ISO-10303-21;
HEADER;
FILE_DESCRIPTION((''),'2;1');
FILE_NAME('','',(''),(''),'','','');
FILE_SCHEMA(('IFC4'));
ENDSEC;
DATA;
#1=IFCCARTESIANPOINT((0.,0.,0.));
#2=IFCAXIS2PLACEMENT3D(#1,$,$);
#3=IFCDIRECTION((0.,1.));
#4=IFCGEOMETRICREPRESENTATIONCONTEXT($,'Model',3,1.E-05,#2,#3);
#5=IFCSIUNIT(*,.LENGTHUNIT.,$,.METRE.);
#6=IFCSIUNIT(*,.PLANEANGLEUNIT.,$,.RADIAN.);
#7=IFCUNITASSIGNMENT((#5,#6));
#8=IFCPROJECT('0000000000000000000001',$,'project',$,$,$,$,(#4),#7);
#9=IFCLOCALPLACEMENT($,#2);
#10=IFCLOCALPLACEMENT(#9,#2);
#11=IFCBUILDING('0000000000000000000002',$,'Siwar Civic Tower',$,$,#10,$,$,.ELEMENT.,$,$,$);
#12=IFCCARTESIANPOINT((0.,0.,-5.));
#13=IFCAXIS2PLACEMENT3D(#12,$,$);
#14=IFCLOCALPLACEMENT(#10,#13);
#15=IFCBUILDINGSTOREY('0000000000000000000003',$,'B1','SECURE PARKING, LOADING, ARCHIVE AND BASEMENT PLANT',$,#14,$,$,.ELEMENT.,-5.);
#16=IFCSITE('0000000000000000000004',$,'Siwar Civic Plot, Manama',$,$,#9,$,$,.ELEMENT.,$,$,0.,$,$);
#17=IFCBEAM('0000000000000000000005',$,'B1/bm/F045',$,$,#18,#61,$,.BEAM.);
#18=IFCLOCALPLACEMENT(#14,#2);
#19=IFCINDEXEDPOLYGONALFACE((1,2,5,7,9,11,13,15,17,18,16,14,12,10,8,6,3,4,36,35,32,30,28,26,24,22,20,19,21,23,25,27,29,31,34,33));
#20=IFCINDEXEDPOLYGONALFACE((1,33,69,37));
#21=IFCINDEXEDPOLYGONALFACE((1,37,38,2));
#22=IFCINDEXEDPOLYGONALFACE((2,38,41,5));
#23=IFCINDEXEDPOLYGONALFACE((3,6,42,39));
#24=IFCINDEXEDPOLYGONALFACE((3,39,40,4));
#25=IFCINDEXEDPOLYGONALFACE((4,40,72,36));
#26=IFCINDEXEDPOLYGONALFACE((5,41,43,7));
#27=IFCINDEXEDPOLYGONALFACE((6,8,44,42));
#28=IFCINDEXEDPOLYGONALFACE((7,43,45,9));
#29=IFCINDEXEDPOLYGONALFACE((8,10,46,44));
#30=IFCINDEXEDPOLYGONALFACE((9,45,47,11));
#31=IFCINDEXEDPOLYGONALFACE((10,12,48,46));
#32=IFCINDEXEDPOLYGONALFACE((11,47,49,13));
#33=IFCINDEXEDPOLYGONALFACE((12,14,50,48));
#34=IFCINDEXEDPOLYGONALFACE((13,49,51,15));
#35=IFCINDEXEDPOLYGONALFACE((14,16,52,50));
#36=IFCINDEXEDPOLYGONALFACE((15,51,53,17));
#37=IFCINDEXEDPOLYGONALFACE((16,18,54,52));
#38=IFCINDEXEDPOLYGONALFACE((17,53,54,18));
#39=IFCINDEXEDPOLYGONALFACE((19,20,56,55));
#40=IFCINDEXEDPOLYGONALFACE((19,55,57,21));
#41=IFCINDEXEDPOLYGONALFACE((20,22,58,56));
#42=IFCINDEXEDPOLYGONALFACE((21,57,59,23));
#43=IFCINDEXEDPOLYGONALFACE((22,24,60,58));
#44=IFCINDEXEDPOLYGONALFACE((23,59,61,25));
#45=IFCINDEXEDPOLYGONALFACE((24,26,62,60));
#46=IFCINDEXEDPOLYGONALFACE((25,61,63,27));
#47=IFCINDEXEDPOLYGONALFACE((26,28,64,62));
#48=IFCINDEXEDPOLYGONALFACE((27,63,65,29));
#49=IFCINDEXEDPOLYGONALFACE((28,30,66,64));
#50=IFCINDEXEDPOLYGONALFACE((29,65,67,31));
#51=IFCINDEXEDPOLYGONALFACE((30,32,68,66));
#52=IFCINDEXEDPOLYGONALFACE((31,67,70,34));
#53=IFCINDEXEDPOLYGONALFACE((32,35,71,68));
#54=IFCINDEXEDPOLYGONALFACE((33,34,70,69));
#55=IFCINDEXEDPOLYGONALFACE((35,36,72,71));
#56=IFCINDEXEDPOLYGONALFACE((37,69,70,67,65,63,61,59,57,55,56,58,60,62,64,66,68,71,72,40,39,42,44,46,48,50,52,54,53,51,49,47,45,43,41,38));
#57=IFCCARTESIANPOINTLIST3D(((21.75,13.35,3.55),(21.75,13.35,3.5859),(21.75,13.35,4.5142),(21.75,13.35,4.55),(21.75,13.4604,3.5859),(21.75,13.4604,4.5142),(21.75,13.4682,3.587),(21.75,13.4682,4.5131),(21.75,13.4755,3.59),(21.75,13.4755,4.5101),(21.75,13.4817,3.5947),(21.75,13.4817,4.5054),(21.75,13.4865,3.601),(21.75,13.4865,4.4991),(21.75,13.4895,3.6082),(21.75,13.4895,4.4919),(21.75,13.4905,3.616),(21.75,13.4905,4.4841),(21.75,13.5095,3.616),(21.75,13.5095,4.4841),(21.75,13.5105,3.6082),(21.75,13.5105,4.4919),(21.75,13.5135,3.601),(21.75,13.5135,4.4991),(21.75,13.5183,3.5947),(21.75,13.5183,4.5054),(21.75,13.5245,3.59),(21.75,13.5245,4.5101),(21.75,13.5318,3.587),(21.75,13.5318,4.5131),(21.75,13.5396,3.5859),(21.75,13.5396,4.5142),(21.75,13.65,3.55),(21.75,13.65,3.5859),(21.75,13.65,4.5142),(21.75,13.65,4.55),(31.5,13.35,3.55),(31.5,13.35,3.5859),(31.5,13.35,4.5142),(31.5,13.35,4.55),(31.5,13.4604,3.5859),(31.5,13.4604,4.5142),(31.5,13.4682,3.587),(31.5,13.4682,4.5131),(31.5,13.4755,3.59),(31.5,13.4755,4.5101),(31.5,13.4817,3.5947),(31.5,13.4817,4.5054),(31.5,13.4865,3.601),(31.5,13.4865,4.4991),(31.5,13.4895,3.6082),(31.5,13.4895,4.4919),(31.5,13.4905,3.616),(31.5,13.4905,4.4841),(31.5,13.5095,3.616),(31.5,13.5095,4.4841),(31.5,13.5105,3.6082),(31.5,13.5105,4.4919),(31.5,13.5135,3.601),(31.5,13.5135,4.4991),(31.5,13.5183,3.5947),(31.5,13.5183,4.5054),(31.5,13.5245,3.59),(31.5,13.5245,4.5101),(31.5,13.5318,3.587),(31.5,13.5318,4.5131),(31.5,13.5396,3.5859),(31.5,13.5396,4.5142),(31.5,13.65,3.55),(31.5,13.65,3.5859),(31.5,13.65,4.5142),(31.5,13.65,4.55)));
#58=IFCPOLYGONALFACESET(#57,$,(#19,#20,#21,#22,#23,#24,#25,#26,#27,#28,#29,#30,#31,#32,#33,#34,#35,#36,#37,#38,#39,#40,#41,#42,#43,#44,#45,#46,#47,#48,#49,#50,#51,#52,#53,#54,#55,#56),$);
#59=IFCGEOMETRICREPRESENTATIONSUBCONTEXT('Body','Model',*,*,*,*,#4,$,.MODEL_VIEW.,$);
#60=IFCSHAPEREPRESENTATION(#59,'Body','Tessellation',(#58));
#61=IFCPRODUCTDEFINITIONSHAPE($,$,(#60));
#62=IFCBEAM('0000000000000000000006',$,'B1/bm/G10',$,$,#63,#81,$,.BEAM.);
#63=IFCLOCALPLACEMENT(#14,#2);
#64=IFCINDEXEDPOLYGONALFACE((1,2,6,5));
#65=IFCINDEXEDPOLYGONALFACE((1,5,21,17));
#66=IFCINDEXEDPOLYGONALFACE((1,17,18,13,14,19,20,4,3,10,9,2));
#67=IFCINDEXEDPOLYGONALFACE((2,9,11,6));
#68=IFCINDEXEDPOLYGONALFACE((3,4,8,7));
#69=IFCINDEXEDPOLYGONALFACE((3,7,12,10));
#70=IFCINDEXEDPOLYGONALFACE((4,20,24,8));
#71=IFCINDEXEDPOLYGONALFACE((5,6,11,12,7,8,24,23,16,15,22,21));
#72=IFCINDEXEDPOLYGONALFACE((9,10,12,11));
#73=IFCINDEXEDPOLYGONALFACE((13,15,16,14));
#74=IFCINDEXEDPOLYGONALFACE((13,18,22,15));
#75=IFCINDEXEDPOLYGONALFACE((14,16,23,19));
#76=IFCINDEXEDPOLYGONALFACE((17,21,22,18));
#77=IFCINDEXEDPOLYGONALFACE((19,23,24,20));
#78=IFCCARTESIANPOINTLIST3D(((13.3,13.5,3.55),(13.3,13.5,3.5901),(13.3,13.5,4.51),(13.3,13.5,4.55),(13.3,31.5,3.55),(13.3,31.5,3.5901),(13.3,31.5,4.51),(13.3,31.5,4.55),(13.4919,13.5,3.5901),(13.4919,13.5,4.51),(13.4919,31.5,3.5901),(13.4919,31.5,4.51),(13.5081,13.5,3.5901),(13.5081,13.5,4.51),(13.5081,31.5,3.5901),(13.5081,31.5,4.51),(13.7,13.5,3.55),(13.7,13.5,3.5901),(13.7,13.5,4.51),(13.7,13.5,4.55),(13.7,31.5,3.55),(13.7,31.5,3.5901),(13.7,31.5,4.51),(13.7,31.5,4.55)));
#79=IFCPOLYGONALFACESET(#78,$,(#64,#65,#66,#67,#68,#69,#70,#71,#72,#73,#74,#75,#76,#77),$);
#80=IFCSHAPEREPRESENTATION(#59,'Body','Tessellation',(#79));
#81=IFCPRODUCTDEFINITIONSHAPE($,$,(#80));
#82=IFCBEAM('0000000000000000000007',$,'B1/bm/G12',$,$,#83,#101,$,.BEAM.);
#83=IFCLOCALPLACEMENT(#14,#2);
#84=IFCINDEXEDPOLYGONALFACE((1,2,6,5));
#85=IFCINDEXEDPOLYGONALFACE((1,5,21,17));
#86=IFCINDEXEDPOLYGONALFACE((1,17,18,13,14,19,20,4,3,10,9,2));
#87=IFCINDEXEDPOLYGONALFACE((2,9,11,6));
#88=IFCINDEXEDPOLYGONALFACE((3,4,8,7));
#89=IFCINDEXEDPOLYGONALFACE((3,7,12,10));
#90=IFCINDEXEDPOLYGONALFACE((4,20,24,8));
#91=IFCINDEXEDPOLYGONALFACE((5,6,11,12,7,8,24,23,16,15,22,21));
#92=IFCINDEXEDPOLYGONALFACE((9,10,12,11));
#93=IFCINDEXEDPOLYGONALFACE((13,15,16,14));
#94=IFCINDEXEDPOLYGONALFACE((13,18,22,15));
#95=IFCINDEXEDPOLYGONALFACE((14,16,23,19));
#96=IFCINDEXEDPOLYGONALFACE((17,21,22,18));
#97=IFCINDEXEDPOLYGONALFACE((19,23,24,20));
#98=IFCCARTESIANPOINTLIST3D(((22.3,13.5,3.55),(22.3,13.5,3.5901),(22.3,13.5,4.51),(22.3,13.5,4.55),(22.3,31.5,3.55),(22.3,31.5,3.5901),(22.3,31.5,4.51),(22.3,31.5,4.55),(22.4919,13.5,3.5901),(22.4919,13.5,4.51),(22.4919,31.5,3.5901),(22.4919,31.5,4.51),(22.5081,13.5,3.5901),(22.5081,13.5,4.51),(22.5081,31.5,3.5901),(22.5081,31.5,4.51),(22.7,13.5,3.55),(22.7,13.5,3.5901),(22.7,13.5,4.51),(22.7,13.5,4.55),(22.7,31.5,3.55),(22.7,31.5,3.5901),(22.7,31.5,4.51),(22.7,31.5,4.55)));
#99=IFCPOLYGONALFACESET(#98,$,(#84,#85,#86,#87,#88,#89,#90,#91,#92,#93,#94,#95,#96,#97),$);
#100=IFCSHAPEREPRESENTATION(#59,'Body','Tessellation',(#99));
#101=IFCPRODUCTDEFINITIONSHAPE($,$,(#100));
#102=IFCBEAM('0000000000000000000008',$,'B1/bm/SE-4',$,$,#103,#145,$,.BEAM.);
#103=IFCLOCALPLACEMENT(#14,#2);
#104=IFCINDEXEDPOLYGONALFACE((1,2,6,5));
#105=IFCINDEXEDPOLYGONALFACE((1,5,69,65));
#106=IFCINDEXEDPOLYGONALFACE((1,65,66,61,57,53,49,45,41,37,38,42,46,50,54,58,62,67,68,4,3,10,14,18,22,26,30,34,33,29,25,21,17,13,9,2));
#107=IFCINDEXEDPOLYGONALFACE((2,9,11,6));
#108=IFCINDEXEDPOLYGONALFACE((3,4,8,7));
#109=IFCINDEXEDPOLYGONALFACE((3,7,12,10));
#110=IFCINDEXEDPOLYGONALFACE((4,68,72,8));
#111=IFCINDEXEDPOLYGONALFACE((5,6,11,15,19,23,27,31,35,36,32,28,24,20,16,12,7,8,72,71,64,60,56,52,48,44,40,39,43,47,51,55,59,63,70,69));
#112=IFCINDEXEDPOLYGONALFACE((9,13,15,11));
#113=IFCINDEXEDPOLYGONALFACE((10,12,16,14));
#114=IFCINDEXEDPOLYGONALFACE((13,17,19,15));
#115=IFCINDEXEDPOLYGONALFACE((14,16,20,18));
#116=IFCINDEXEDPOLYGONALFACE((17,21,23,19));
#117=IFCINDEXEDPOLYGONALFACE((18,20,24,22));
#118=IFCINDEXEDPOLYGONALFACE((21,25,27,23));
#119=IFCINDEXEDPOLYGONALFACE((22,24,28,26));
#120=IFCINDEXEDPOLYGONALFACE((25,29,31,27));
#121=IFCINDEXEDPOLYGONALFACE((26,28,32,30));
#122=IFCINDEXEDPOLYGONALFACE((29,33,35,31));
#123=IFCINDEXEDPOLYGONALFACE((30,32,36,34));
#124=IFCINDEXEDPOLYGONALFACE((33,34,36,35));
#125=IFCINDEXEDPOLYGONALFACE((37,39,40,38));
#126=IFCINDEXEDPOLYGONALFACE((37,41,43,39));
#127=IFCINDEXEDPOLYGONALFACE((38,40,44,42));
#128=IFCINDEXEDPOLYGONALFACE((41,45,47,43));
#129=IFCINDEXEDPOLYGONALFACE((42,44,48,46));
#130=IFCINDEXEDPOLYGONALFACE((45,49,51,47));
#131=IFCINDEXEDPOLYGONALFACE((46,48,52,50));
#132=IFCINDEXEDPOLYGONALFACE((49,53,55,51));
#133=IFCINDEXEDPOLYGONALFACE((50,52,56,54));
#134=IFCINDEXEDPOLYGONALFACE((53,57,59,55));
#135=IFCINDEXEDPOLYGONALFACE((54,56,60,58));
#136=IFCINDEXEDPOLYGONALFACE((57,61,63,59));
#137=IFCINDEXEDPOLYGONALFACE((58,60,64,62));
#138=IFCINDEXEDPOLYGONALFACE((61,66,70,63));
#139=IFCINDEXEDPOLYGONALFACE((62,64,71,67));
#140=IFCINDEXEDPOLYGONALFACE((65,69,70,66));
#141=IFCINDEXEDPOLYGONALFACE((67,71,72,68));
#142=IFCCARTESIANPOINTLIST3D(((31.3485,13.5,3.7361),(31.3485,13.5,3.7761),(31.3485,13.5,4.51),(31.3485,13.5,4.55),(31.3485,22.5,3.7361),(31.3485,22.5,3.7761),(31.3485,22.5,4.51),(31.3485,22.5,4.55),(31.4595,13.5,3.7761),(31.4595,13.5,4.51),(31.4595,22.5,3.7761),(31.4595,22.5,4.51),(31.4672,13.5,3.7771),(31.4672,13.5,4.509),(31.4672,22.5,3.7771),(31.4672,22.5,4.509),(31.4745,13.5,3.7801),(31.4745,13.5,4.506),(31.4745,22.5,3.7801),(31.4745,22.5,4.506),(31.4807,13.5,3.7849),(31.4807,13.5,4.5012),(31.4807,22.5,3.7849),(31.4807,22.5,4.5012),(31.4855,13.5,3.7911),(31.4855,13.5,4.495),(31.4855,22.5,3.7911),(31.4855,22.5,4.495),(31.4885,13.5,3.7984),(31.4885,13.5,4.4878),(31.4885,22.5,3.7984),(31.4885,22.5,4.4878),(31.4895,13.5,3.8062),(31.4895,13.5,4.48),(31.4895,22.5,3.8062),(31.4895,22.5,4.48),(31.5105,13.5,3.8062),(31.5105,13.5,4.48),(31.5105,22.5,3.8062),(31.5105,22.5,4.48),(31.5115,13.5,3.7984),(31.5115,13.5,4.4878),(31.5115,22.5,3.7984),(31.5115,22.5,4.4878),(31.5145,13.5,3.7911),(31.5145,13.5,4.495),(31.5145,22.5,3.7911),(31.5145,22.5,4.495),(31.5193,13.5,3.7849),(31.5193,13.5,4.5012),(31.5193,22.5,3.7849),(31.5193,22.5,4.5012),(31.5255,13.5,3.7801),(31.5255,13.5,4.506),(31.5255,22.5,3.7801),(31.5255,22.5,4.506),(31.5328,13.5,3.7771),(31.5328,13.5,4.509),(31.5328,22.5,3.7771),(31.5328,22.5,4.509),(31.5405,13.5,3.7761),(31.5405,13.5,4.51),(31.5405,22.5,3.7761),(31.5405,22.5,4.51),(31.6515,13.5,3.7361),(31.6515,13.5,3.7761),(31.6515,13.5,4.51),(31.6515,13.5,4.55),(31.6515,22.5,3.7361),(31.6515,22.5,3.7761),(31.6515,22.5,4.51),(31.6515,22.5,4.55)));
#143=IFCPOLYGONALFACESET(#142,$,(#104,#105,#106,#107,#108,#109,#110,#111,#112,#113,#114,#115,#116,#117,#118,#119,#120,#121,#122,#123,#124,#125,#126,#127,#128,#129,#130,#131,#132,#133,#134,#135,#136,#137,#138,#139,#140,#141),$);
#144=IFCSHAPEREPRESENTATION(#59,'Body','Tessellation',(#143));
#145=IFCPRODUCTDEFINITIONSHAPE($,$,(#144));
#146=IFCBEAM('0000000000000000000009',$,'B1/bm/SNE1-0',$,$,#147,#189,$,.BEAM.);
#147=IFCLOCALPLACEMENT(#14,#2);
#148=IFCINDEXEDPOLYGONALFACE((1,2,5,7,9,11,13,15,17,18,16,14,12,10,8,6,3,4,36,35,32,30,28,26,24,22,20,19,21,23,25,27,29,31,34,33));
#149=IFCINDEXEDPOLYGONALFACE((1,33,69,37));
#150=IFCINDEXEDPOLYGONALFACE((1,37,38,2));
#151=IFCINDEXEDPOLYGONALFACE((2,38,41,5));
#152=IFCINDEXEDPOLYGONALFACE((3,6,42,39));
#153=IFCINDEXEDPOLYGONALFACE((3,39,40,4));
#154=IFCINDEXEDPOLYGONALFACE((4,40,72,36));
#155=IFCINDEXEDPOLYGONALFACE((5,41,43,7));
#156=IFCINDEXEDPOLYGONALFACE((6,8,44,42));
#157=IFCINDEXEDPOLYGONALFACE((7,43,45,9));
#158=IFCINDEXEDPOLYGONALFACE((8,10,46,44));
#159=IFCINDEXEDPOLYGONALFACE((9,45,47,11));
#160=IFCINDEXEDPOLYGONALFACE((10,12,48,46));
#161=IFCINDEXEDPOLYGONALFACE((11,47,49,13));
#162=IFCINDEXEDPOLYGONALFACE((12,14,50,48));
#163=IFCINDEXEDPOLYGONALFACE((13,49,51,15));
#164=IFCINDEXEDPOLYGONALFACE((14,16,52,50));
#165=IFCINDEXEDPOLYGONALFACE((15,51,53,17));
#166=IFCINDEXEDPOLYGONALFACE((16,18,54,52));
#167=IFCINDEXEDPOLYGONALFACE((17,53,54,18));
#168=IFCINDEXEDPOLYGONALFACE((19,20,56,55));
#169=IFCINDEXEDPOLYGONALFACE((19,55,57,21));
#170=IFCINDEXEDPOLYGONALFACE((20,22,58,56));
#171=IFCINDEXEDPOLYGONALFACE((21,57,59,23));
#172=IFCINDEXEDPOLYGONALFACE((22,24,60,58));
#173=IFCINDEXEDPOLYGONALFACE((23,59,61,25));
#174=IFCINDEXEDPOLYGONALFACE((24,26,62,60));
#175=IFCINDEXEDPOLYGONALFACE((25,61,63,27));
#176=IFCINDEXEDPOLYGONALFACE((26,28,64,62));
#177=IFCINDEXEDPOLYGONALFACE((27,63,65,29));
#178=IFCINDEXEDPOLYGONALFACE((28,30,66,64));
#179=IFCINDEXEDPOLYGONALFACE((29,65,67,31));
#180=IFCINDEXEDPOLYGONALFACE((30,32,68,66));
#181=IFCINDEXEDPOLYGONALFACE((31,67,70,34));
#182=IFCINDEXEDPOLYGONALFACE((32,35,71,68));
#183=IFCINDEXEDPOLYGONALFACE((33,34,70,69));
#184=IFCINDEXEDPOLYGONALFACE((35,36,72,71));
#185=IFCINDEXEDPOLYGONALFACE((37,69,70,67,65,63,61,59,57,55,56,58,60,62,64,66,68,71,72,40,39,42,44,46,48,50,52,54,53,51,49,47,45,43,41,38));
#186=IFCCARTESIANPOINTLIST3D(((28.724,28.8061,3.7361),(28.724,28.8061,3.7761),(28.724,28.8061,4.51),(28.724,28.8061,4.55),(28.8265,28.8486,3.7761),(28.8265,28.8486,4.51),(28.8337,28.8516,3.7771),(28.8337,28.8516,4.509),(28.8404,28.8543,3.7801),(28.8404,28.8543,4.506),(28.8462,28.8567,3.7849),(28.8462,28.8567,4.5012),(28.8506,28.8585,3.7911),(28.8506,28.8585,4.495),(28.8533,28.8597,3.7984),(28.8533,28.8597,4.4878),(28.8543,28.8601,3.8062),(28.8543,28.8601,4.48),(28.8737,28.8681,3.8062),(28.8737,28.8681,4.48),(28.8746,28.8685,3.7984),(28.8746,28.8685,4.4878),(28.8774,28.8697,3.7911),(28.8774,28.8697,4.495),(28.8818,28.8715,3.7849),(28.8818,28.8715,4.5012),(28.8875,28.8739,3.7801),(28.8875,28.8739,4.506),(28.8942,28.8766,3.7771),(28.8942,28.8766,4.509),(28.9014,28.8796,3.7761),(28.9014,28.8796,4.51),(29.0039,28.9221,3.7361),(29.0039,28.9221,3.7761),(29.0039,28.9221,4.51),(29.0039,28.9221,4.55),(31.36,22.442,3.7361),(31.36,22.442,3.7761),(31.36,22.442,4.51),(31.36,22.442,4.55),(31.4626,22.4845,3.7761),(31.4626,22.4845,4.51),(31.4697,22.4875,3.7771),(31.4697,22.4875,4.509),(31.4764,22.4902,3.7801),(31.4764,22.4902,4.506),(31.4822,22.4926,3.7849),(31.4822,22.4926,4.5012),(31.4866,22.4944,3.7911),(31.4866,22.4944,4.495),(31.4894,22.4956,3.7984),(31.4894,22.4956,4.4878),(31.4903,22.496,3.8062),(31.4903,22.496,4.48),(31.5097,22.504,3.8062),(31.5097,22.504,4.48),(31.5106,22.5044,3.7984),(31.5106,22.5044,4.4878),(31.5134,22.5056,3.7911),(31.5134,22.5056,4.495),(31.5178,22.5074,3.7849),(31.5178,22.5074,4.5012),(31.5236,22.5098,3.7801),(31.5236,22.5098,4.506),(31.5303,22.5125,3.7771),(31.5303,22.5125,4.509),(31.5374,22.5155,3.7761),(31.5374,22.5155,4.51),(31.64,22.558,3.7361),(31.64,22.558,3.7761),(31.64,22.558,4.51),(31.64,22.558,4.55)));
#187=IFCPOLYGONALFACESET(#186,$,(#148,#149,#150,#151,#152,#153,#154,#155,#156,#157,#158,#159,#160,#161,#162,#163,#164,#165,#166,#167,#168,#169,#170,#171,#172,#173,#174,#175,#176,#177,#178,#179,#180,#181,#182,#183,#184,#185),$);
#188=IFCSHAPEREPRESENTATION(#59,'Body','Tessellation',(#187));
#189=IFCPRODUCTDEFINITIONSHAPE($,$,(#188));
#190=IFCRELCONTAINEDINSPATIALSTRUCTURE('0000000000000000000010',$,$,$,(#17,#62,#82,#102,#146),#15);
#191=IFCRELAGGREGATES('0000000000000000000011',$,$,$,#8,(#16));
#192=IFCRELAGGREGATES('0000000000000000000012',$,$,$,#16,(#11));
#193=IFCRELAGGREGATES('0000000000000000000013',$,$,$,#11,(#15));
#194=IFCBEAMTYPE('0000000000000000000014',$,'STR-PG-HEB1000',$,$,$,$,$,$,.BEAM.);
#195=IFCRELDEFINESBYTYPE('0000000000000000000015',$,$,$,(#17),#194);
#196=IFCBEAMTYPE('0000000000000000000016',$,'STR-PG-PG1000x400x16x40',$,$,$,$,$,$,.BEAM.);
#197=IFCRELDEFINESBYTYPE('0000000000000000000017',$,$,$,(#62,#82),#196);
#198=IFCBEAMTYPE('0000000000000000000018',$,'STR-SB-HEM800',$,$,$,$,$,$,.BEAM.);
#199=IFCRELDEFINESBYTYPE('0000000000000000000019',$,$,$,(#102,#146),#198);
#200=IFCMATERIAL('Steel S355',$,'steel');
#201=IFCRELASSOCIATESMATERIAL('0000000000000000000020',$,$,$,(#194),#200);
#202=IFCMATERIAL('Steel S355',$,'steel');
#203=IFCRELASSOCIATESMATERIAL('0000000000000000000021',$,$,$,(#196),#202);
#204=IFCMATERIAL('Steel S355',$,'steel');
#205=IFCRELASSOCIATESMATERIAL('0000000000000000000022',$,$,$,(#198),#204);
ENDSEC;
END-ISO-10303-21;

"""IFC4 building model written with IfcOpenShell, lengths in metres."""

from ifc_helpers import new_model, si_unit, direction, frame, origin, origin_2d, place, context, subcontext, project, spatial, i_section, extrude, material, material_profile, profile_set, type_object, element, save


model = new_model("IFC4")

# Units and contexts
model_context = context("Model", 3, precision=1e-05, world=origin(), true_north=direction((0.0, 1.0)))
body_context = subcontext(model_context, "Body", "Model", "MODEL_VIEW")
ifc_project = project(units=[si_unit("LENGTHUNIT", "METRE"), si_unit("PLANEANGLEUNIT", "RADIAN")], contexts=[model_context])

# Site, building, storey
site_placement = place(None, origin())
site = spatial("IfcSite", under=ifc_project, at=site_placement, Name="Siwar Civic Plot, Manama", CompositionType="ELEMENT", RefElevation=0.0)
building_placement = place(site_placement, origin())
building = spatial("IfcBuilding", under=site, at=building_placement, Name="Siwar Civic Tower", CompositionType="ELEMENT")
storey_placement = place(building_placement, frame((0.0, 0.0, -5.0)))
storey = spatial("IfcBuildingStorey", under=building, at=storey_placement, Name="B1", Description="SECURE PARKING, LOADING, ARCHIVE AND BASEMENT PLANT", CompositionType="ELEMENT", Elevation=-5.0)

# Beams
ifc_material_1 = material(Name="Steel S355", Category="steel")
ifc_material_profile_1 = material_profile(ifc_material_1, i_section(OverallWidth=0.3, OverallDepth=1.0, WebThickness=0.019, FlangeThickness=0.0359, FilletRadius=0.03, at=origin_2d()), Name="HEB1000")
ifc_profile_set_1 = profile_set([ifc_material_profile_1], Name="Steel S355")
beam_type_1 = type_object("IfcBeamType", Name="STR-PG-HEB1000", PredefinedType="BEAM", material=ifc_profile_set_1)
beam_1_placement = place(storey_placement, frame((21.75, 13.5, 4.05), z_axis=(1.0, 0.0, 0.0), x_axis=(0.0, 1.0, 0.0)))
element("IfcBeam", 1, at=beam_1_placement, inside=storey, type_object=beam_type_1, Name="B1/bm/F045", PredefinedType="BEAM", context=body_context, shape_type="SweptSolid", body=[
    extrude(i_section(OverallWidth=0.3, OverallDepth=1.0, WebThickness=0.019, FlangeThickness=0.0359, FilletRadius=0.03, at=origin_2d()), origin(), (0.0, 0.0, 1.0), 9.75),
])
ifc_material_2 = material(Name="Steel S355", Category="steel")
ifc_material_profile_2 = material_profile(ifc_material_2, i_section(OverallWidth=0.3999, OverallDepth=1.0, WebThickness=0.0161, FlangeThickness=0.04, at=origin_2d()), Name="PG1000x400x16x40")
ifc_profile_set_2 = profile_set([ifc_material_profile_2], Name="Steel S355")
beam_type_2 = type_object("IfcBeamType", Name="STR-PG-PG1000x400x16x40", PredefinedType="BEAM", material=ifc_profile_set_2)
for number, where, z_axis, x_axis, name in (
    (2, (13.5, 13.5, 4.05), (0.0, 1.0, 0.0), (-1.0, 0.0, 0.0), "B1/bm/G10"),
    (3, (22.5, 13.5, 4.05), (0.0, 1.0, 0.0), (-1.0, 0.0, 0.0), "B1/bm/G12"),
):
    element("IfcBeam", number, at=place(storey_placement, frame(where, z_axis=z_axis, x_axis=x_axis)), inside=storey, type_object=beam_type_2, Name=name, PredefinedType="BEAM", context=body_context, shape_type="SweptSolid", body=[
        extrude(i_section(OverallWidth=0.3999, OverallDepth=1.0, WebThickness=0.0161, FlangeThickness=0.04, at=origin_2d()), origin(), (0.0, 0.0, 1.0), 18.0),
    ])
ifc_material_3 = material(Name="Steel S355", Category="steel")
ifc_material_profile_3 = material_profile(ifc_material_3, i_section(OverallWidth=0.303, OverallDepth=0.814, WebThickness=0.021, FlangeThickness=0.04, FilletRadius=0.03, at=origin_2d()), Name="HEM800")
ifc_profile_set_3 = profile_set([ifc_material_profile_3], Name="Steel S355")
beam_type_3 = type_object("IfcBeamType", Name="STR-SB-HEM800", PredefinedType="BEAM", material=ifc_profile_set_3)
beam_2_placement = place(storey_placement, frame((31.5, 13.5, 4.1431), z_axis=(0.0, 1.0, 0.0), x_axis=(-1.0, 0.0, 0.0)))
element("IfcBeam", 4, at=beam_2_placement, inside=storey, type_object=beam_type_3, Name="B1/bm/SE-4", PredefinedType="BEAM", context=body_context, shape_type="SweptSolid", body=[
    extrude(i_section(OverallWidth=0.303, OverallDepth=0.814, WebThickness=0.021, FlangeThickness=0.04, FilletRadius=0.03, at=origin_2d()), origin(), (0.0, 0.0, 1.0), 9.0),
])
beam_3_placement = place(storey_placement, frame((31.5, 22.5, 4.1431), z_axis=(-0.382674, 0.923883, 0.0), x_axis=(-0.923883, -0.382674, 0.0)))
element("IfcBeam", 5, at=beam_3_placement, inside=storey, type_object=beam_type_3, Name="B1/bm/SNE1-0", PredefinedType="BEAM", context=body_context, shape_type="SweptSolid", body=[
    extrude(i_section(OverallWidth=0.303, OverallDepth=0.814, WebThickness=0.021, FlangeThickness=0.04, FilletRadius=0.03, at=origin_2d()), origin(), (0.0, 0.0, 1.0), 6.8884),
])

save(model, "model.ifc")
